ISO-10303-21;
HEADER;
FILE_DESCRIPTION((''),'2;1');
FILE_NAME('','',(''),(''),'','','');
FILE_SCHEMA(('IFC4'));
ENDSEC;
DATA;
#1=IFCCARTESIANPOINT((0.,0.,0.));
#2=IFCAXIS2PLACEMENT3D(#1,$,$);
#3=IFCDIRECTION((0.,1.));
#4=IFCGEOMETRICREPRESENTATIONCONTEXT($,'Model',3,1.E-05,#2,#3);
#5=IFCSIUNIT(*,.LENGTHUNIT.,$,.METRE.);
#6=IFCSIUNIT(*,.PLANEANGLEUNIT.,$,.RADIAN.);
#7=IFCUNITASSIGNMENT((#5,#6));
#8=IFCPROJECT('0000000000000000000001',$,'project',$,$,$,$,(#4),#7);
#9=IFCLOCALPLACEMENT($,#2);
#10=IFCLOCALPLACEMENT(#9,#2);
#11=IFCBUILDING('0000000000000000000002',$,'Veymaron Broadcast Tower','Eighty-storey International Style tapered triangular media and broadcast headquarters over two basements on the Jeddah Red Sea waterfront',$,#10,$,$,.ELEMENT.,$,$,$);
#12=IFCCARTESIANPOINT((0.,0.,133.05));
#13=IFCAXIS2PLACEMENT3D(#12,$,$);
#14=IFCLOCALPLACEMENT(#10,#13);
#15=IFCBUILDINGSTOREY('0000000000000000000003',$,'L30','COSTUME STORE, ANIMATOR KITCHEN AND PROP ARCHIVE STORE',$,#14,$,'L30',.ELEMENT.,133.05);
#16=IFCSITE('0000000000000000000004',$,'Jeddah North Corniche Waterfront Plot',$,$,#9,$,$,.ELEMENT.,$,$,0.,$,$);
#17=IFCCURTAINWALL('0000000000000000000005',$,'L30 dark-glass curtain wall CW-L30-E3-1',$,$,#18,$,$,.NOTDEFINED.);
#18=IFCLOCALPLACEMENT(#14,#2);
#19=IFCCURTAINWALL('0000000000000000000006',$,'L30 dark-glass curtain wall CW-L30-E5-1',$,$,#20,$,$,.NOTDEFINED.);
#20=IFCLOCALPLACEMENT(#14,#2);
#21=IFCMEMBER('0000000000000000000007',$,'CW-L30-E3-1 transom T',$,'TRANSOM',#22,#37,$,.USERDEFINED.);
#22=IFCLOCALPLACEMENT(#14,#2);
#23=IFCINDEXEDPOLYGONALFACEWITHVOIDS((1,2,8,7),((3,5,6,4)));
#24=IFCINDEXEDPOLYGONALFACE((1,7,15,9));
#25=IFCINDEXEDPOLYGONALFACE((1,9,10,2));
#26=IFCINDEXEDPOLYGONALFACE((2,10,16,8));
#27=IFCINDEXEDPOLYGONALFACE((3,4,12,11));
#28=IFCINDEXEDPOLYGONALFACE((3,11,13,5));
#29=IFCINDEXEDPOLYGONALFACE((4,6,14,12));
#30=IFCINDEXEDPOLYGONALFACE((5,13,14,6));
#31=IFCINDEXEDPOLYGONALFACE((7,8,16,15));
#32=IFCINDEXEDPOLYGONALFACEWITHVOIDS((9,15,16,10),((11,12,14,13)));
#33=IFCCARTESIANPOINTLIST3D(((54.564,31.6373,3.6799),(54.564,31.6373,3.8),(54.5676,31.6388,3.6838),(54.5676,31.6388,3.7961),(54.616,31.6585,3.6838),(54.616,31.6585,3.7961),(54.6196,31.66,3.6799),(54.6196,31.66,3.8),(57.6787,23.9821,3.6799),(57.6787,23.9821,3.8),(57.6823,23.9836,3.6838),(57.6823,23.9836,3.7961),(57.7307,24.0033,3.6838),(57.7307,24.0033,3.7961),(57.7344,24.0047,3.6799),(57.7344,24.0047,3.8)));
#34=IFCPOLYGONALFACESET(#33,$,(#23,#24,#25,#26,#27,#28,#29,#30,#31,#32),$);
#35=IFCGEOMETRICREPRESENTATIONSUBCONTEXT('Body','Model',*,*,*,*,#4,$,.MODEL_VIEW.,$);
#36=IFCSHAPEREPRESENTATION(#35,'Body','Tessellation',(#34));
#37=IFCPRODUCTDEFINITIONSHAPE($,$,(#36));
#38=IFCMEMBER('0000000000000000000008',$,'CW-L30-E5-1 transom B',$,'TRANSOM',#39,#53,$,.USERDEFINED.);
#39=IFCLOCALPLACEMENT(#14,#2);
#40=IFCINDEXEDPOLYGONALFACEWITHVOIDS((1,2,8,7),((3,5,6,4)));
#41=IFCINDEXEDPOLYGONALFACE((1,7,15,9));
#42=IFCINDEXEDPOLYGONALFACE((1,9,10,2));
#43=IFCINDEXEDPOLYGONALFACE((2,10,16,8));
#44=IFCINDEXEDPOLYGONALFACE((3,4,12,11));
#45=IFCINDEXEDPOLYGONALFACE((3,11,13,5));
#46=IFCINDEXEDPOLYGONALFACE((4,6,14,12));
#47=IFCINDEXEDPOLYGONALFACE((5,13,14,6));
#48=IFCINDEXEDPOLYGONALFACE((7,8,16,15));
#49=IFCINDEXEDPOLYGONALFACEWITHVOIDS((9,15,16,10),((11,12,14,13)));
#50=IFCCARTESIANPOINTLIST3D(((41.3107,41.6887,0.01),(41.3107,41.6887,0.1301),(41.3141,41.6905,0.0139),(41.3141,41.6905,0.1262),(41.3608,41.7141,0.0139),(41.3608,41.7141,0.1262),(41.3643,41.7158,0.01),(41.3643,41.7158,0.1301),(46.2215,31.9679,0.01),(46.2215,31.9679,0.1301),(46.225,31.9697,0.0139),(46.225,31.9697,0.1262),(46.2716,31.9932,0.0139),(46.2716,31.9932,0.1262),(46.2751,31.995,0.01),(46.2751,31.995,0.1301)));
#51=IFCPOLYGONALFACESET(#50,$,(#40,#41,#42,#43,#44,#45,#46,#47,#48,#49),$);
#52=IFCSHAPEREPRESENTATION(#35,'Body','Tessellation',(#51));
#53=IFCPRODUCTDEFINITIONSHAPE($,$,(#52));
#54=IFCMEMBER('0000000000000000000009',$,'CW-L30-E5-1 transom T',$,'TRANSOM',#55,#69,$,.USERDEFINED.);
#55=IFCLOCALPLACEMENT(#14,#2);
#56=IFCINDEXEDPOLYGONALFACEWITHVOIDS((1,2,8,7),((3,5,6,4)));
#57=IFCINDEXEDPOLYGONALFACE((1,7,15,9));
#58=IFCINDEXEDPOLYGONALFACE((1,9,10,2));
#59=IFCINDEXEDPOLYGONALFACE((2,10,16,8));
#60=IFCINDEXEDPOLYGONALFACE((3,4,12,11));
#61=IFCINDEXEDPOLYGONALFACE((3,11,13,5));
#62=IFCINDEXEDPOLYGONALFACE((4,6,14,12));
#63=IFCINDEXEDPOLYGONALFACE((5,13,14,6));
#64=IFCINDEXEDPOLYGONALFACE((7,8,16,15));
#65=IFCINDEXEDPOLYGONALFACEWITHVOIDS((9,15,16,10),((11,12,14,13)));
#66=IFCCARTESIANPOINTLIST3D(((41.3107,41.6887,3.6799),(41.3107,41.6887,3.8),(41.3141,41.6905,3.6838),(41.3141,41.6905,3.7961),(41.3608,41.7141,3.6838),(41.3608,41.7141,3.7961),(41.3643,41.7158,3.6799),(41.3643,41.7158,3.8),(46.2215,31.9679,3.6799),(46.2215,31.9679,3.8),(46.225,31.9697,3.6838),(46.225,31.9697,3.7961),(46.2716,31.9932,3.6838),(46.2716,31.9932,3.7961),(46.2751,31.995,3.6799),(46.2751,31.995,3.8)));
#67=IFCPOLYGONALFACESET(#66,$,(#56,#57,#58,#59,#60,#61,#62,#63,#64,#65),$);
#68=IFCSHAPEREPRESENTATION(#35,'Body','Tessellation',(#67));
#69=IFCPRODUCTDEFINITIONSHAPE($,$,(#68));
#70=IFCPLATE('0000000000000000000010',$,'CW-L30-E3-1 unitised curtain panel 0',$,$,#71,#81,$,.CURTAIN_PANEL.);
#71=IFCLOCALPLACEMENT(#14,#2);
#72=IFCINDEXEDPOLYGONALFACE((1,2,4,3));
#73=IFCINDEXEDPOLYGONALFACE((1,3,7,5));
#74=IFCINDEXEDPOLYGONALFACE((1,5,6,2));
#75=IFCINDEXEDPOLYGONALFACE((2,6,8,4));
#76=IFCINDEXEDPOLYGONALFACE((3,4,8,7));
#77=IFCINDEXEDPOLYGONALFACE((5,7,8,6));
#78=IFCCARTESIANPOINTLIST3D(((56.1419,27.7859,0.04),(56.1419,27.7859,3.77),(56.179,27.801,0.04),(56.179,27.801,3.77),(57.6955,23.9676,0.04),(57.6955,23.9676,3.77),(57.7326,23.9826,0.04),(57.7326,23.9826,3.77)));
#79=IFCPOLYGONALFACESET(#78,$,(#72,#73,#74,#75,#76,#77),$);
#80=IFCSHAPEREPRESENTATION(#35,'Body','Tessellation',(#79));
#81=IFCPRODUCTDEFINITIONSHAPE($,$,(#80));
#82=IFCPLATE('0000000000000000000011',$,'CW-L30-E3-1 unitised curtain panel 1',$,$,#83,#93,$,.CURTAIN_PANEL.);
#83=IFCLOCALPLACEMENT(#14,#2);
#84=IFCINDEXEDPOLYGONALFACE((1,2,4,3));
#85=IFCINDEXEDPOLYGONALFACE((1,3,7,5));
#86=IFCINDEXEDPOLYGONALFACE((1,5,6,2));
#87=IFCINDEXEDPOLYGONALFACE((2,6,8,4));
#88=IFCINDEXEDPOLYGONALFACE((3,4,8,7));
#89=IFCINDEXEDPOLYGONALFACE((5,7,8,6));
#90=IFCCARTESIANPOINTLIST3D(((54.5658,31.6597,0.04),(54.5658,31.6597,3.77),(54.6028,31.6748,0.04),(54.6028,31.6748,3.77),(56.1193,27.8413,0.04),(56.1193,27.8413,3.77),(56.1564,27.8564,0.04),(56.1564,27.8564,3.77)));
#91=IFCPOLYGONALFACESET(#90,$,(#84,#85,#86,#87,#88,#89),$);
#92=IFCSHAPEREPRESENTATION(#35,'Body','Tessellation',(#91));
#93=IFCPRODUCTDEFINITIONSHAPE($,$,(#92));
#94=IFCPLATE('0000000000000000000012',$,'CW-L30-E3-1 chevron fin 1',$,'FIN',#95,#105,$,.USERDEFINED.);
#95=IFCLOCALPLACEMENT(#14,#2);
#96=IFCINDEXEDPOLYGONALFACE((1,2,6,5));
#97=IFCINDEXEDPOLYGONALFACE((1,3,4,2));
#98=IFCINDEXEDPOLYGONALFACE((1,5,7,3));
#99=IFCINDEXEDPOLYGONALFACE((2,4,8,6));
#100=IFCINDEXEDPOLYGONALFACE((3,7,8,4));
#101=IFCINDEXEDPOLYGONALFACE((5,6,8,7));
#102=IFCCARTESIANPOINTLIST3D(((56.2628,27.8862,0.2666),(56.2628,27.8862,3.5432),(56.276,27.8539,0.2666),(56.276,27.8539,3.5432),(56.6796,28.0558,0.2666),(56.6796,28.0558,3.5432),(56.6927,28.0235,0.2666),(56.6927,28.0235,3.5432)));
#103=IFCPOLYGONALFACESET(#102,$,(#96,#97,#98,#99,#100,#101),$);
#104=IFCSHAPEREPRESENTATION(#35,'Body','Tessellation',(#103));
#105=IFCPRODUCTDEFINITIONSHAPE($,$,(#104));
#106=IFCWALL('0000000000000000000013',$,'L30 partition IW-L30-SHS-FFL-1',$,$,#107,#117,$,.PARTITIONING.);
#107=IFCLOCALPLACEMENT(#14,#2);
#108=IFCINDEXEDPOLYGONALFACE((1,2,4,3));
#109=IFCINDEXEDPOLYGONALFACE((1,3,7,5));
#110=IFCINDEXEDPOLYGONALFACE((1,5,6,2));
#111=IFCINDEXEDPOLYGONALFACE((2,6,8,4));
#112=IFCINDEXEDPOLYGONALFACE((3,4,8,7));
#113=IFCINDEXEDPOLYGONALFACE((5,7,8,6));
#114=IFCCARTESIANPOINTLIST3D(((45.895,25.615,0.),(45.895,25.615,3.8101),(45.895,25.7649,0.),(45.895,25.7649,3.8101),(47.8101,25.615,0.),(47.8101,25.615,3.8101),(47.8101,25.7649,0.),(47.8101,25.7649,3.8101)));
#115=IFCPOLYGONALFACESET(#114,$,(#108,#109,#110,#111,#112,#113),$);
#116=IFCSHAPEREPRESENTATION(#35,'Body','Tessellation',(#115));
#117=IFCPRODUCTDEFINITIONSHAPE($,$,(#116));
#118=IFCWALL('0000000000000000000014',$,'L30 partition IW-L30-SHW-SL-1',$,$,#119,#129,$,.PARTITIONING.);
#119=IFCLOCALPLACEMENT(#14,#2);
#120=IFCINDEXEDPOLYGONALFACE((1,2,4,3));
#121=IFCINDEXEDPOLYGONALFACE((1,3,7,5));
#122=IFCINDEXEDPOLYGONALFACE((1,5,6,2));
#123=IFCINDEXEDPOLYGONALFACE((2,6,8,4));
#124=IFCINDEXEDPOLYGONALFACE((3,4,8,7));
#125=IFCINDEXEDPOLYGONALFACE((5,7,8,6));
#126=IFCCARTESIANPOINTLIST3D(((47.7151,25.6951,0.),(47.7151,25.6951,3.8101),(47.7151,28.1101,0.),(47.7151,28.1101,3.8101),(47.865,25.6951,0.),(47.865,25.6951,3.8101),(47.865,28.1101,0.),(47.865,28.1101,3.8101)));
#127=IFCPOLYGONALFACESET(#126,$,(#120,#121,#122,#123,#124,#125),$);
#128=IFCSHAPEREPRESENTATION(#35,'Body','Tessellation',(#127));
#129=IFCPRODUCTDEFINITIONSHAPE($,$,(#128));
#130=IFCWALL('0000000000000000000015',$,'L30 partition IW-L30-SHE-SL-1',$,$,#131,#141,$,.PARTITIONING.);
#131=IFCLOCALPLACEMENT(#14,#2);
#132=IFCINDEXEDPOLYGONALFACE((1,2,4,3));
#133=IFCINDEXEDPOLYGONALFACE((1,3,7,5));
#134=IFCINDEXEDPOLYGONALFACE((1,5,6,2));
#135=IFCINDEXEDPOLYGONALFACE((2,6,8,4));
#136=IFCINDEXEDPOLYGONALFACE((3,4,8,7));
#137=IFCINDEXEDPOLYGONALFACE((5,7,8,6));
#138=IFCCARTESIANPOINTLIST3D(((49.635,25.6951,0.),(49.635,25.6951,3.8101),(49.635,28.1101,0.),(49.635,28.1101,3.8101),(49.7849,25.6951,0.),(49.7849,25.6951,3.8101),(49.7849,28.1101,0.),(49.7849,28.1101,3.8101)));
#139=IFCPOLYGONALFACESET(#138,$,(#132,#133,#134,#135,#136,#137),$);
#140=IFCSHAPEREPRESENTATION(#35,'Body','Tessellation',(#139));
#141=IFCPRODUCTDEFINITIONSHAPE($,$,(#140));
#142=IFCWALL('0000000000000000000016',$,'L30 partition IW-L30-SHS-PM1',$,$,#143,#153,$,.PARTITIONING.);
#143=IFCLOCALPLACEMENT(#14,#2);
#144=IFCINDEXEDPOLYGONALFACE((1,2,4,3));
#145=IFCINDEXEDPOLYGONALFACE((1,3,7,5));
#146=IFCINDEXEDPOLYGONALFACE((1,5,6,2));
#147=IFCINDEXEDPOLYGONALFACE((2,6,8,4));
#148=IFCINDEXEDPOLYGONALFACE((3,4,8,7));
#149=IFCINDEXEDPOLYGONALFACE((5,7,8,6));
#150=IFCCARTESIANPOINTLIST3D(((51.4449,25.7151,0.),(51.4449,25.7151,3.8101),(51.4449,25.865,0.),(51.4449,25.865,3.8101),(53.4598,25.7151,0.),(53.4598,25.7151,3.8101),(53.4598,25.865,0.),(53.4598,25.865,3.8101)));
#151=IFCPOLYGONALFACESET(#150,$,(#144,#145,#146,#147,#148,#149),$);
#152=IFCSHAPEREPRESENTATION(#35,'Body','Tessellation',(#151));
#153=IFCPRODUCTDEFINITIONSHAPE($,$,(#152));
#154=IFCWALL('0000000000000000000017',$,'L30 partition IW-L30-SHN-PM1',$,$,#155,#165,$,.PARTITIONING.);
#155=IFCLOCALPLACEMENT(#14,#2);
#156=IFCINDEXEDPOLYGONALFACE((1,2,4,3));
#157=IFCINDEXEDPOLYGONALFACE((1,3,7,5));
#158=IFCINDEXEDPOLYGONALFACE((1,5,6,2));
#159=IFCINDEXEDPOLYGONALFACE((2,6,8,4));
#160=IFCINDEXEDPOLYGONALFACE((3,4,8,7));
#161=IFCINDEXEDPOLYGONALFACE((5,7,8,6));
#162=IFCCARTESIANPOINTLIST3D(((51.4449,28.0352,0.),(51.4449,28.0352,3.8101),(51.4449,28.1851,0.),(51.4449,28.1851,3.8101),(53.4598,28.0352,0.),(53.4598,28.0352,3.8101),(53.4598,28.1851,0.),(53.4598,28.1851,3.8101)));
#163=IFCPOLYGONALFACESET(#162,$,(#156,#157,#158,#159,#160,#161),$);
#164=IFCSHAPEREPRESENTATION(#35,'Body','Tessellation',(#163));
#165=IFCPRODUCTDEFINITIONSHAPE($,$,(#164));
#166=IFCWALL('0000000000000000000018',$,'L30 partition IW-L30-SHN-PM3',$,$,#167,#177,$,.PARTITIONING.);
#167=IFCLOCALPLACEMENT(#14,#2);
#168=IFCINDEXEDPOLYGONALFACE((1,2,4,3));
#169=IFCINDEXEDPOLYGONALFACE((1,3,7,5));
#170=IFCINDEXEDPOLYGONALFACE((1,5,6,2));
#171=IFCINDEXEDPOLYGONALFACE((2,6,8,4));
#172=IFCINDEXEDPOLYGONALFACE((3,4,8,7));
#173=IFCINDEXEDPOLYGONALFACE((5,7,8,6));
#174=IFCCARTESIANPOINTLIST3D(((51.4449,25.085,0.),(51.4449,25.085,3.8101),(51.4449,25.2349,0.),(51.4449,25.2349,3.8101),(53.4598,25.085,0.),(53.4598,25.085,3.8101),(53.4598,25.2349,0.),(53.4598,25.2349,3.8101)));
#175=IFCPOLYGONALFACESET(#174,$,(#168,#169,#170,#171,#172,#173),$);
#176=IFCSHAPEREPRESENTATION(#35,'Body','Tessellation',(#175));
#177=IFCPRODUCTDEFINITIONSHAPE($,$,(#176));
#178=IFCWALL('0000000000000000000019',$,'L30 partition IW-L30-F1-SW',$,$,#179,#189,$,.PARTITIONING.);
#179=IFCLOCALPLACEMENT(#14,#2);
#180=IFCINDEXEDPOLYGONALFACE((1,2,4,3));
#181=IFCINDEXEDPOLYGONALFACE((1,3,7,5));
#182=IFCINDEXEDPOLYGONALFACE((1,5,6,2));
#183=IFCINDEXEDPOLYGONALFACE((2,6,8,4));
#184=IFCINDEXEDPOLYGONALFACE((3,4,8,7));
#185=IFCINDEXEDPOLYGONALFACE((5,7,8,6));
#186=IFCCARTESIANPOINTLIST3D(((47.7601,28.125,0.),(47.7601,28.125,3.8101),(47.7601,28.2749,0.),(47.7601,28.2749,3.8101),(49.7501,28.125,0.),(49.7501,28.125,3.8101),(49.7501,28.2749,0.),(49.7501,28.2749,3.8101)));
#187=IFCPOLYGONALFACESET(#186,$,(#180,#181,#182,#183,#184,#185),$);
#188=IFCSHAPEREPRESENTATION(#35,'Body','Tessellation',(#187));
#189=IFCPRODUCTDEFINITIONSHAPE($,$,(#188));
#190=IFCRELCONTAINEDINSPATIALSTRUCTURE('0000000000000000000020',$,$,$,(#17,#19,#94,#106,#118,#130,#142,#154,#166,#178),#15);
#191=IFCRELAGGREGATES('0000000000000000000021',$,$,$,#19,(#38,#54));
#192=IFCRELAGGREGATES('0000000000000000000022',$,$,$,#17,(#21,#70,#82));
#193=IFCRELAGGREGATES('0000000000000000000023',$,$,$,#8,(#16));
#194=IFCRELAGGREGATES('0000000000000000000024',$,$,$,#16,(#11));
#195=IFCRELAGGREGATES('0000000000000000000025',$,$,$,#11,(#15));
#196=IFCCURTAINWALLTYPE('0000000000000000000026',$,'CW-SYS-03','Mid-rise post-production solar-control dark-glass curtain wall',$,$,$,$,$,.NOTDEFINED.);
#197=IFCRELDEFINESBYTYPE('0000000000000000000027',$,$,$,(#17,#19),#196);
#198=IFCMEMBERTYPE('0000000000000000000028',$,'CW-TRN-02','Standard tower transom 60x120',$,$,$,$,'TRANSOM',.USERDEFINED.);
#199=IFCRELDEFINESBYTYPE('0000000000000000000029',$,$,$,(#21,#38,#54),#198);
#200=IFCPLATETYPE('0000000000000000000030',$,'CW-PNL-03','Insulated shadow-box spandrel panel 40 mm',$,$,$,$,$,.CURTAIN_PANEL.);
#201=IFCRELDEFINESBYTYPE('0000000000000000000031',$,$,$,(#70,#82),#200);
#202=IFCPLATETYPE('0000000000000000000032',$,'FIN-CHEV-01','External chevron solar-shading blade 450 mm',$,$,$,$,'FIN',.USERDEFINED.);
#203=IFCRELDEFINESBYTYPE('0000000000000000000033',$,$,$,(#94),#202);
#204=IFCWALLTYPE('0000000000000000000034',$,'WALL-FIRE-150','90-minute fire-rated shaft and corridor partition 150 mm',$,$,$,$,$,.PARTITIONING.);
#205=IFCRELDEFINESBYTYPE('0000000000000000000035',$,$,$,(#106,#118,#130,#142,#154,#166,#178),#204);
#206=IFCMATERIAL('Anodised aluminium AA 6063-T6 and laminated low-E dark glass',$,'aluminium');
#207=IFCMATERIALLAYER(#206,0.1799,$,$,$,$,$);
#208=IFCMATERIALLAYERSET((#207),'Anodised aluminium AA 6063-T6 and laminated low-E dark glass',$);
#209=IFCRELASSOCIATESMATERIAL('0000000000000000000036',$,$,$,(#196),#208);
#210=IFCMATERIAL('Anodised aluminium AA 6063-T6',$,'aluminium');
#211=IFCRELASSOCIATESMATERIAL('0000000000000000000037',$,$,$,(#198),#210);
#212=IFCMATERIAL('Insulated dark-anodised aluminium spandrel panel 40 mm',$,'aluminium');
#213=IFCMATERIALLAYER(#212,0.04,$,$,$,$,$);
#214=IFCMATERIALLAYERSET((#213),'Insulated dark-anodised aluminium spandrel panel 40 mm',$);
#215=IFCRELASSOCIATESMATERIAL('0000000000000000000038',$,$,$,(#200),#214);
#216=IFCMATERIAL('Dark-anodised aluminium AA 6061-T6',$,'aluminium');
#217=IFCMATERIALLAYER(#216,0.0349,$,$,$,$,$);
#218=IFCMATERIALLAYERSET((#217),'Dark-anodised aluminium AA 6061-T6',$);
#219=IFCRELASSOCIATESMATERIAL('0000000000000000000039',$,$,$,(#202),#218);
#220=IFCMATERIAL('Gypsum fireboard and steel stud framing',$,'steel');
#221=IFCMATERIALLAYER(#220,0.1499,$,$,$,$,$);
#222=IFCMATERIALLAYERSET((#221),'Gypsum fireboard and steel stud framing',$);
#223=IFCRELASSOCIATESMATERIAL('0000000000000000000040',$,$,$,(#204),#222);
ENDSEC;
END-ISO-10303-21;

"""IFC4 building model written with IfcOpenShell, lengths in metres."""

from ifc_helpers import new_model, si_unit, direction, frame, frame_2d, origin, origin_2d, place, context, subcontext, project, spatial, rectangle, hollow_rectangle, extrude, material, layer, layer_set, material_profile, profile_set, type_object, element, aggregate, save


model = new_model("IFC4")

# Units and contexts
model_context = context("Model", 3, precision=1e-05, world=origin(), true_north=direction((0.0, 1.0)))
body_context = subcontext(model_context, "Body", "Model", "MODEL_VIEW")
ifc_project = project(units=[si_unit("LENGTHUNIT", "METRE"), si_unit("PLANEANGLEUNIT", "RADIAN")], contexts=[model_context])

# Site, building, storey
site_placement = place(None, origin())
site = spatial("IfcSite", under=ifc_project, at=site_placement, Name="Jeddah North Corniche Waterfront Plot", CompositionType="ELEMENT", RefElevation=0.0)
building_placement = place(site_placement, origin())
building = spatial("IfcBuilding", under=site, at=building_placement, Name="Veymaron Broadcast Tower", Description="Eighty-storey International Style tapered triangular media and broadcast headquarters over two basements on the Jeddah Red Sea waterfront", CompositionType="ELEMENT")
storey_placement = place(building_placement, frame((0.0, 0.0, 133.05)))
storey = spatial("IfcBuildingStorey", under=building, at=storey_placement, Name="L30", Description="COSTUME STORE, ANIMATOR KITCHEN AND PROP ARCHIVE STORE", LongName="L30", CompositionType="ELEMENT", Elevation=133.05)

# Shared definitions
ifc_material_1 = material(Name="Anodised aluminium AA 6063-T6 and laminated low-E dark glass", Category="aluminium")
ifc_layer_1 = layer(ifc_material_1, 0.1799)
ifc_layer_set_1 = layer_set([ifc_layer_1], Name="Anodised aluminium AA 6063-T6 and laminated low-E dark glass")
curtain_wall_type = type_object("IfcCurtainWallType", Name="CW-SYS-03", Description="Mid-rise post-production solar-control dark-glass curtain wall", PredefinedType="NOTDEFINED", material=ifc_layer_set_1)
ifc_material_2 = material(Name="Anodised aluminium AA 6063-T6", Category="aluminium")

# Curtain wall
curtain_wall_1_placement = place(storey_placement, origin())
curtain_wall_1 = element("IfcCurtainWall", 1, at=curtain_wall_1_placement, inside=storey, type_object=curtain_wall_type, Name="L30 dark-glass curtain wall CW-L30-E3-1", PredefinedType="NOTDEFINED")

# Curtain wall
curtain_wall_2_placement = place(storey_placement, origin())
curtain_wall_2 = element("IfcCurtainWall", 2, at=curtain_wall_2_placement, inside=storey, type_object=curtain_wall_type, Name="L30 dark-glass curtain wall CW-L30-E5-1", PredefinedType="NOTDEFINED")

# Members
ifc_material_profile_1 = material_profile(ifc_material_2, hollow_rectangle(XDim=0.0601, YDim=0.1201, WallThickness=0.0039, at=origin_2d()), Name="AL120X60X4")
ifc_profile_set_1 = profile_set([ifc_material_profile_1], Name="Anodised aluminium AA 6063-T6")
member_type_1 = type_object("IfcMemberType", Name="CW-TRN-02", Description="Standard tower transom 60x120", ElementType="TRANSOM", PredefinedType="USERDEFINED", material=ifc_profile_set_1)
member_1_placement = place(storey_placement, frame((57.7065, 23.9934, 3.74), z_axis=(-0.376875, 0.926264, 0.0), x_axis=(-0.926264, -0.376875, 0.0)))
member_1 = element("IfcMember", 3, at=member_1_placement, type_object=member_type_1, Name="CW-L30-E3-1 transom T", ObjectType="TRANSOM", PredefinedType="USERDEFINED", context=body_context, shape_type="SweptSolid", body=[
    extrude(hollow_rectangle(XDim=0.0601, YDim=0.1201, WallThickness=0.0039, at=origin_2d()), origin(), (0.0, 0.0, 1.0), 8.2646),
])
member_2_placement = place(storey_placement, frame((46.2483, 31.9814, 0.0701), z_axis=(-0.450913, 0.892568, 0.0), x_axis=(-0.892568, -0.450913, 0.0)))
member_2 = element("IfcMember", 4, at=member_2_placement, type_object=member_type_1, Name="CW-L30-E5-1 transom B", ObjectType="TRANSOM", PredefinedType="USERDEFINED", context=body_context, shape_type="SweptSolid", body=[
    extrude(hollow_rectangle(XDim=0.0601, YDim=0.1201, WallThickness=0.0039, at=origin_2d()), origin(), (0.0, 0.0, 1.0), 10.8909),
])
member_3_placement = place(storey_placement, frame((46.2483, 31.9814, 3.74), z_axis=(-0.450913, 0.892568, 0.0), x_axis=(-0.892568, -0.450913, 0.0)))
member_3 = element("IfcMember", 5, at=member_3_placement, type_object=member_type_1, Name="CW-L30-E5-1 transom T", ObjectType="TRANSOM", PredefinedType="USERDEFINED", context=body_context, shape_type="SweptSolid", body=[
    extrude(hollow_rectangle(XDim=0.0601, YDim=0.1201, WallThickness=0.0039, at=origin_2d()), origin(), (0.0, 0.0, 1.0), 10.8909),
])
aggregate(curtain_wall_2, [member_2, member_3])

# Plates
ifc_material_3 = material(Name="Insulated dark-anodised aluminium spandrel panel 40 mm", Category="aluminium")
ifc_layer_2 = layer(ifc_material_3, 0.04)
ifc_layer_set_2 = layer_set([ifc_layer_2], Name="Insulated dark-anodised aluminium spandrel panel 40 mm")
plate_type_1 = type_object("IfcPlateType", Name="CW-PNL-03", Description="Insulated shadow-box spandrel panel 40 mm", PredefinedType="CURTAIN_PANEL", material=ifc_layer_set_2)
plate_1_placement = place(storey_placement, frame((56.9373, 25.8843, 0.04), z_axis=(0.0, 0.0, 1.0), x_axis=(-0.376871, 0.926266, 0.0)))
plate_1 = element("IfcPlate", 6, at=plate_1_placement, type_object=plate_type_1, Name="CW-L30-E3-1 unitised curtain panel 0", PredefinedType="CURTAIN_PANEL", context=body_context, shape_type="SweptSolid", body=[
    extrude(rectangle(XDim=4.1223, YDim=0.04, at=origin_2d()), origin(), (0.0, 0.0, 1.0), 3.73),
])
plate_2_placement = place(storey_placement, frame((55.3611, 29.7581, 0.04), z_axis=(0.0, 0.0, 1.0), x_axis=(-0.376871, 0.926266, 0.0)))
plate_2 = element("IfcPlate", 7, at=plate_2_placement, type_object=plate_type_1, Name="CW-L30-E3-1 unitised curtain panel 1", PredefinedType="CURTAIN_PANEL", context=body_context, shape_type="SweptSolid", body=[
    extrude(rectangle(XDim=4.1223, YDim=0.04, at=origin_2d()), origin(), (0.0, 0.0, 1.0), 3.73),
])
aggregate(curtain_wall_1, [member_1, plate_1, plate_2])
ifc_material_4 = material(Name="Dark-anodised aluminium AA 6061-T6", Category="aluminium")
ifc_layer_3 = layer(ifc_material_4, 0.0349)
ifc_layer_set_3 = layer_set([ifc_layer_3], Name="Dark-anodised aluminium AA 6061-T6")
plate_type_2 = type_object("IfcPlateType", Name="FIN-CHEV-01", Description="External chevron solar-shading blade 450 mm", ElementType="FIN", PredefinedType="USERDEFINED", material=ifc_layer_set_3)
plate_3_placement = place(storey_placement, frame((56.4778, 27.9548, 0.2666), z_axis=(0.0, 0.0, 1.0), x_axis=(0.926266, 0.376871, 0.0)))
element("IfcPlate", 8, at=plate_3_placement, inside=storey, type_object=plate_type_2, Name="CW-L30-E3-1 chevron fin 1", ObjectType="FIN", PredefinedType="USERDEFINED", context=body_context, shape_type="SweptSolid", body=[
    extrude(rectangle(XDim=0.45, YDim=0.0349, at=origin_2d()), origin(), (0.0, 0.0, 1.0), 3.2766),
])

# Wall
ifc_material_5 = material(Name="Gypsum fireboard and steel stud framing", Category="steel")
ifc_layer_4 = layer(ifc_material_5, 0.1499)
ifc_layer_set_4 = layer_set([ifc_layer_4], Name="Gypsum fireboard and steel stud framing")
wall_type_1 = type_object("IfcWallType", Name="WALL-FIRE-150", Description="90-minute fire-rated shaft and corridor partition 150 mm", PredefinedType="PARTITIONING", material=ifc_layer_set_4)
wall_1_placement = place(storey_placement, frame((45.895, 25.6899, 0.0), z_axis=(0.0, 0.0, 1.0), x_axis=(1.0, 0.0, 0.0)))
element("IfcWall", 9, at=wall_1_placement, inside=storey, type_object=wall_type_1, Name="L30 partition IW-L30-SHS-FFL-1", PredefinedType="PARTITIONING", context=body_context, shape_type="SweptSolid", body=[
    extrude(rectangle(XDim=1.915, YDim=0.1499, at=frame_2d((0.9575, 0.0))), origin(), (0.0, 0.0, 1.0), 3.8101),
])

# Walls
for number, where, z_axis, x_axis, name in (
    (10, (47.79, 25.6951, 0.0), (0.0, 0.0, 1.0), (0.0, 1.0, 0.0), "L30 partition IW-L30-SHW-SL-1"),
    (11, (49.71, 25.6951, 0.0), (0.0, 0.0, 1.0), (0.0, 1.0, 0.0), "L30 partition IW-L30-SHE-SL-1"),
):
    element("IfcWall", number, at=place(storey_placement, frame(where, z_axis=z_axis, x_axis=x_axis)), inside=storey, type_object=wall_type_1, Name=name, PredefinedType="PARTITIONING", context=body_context, shape_type="SweptSolid", body=[
        extrude(rectangle(XDim=2.415, YDim=0.1499, at=frame_2d((1.2075, 0.0))), origin(), (0.0, 0.0, 1.0), 3.8101),
    ])

# Walls
for number, where, z_axis, x_axis, name in (
    (12, (51.4451, 25.79, 0.0), (0.0, 0.0, 1.0), (1.0, 0.0, 0.0), "L30 partition IW-L30-SHS-PM1"),
    (13, (51.4451, 28.1101, 0.0), (0.0, 0.0, 1.0), (1.0, 0.0, 0.0), "L30 partition IW-L30-SHN-PM1"),
    (14, (51.4451, 25.1599, 0.0), (0.0, 0.0, 1.0), (1.0, 0.0, 0.0), "L30 partition IW-L30-SHN-PM3"),
):
    element("IfcWall", number, at=place(storey_placement, frame(where, z_axis=z_axis, x_axis=x_axis)), inside=storey, type_object=wall_type_1, Name=name, PredefinedType="PARTITIONING", context=body_context, shape_type="SweptSolid", body=[
        extrude(rectangle(XDim=2.0149, YDim=0.1499, at=frame_2d((1.0073, 0.0))), origin(), (0.0, 0.0, 1.0), 3.8101),
    ])
wall_2_placement = place(storey_placement, frame((47.76, 28.2, 0.0), z_axis=(0.0, 0.0, 1.0), x_axis=(1.0, 0.0, 0.0)))
element("IfcWall", 15, at=wall_2_placement, inside=storey, type_object=wall_type_1, Name="L30 partition IW-L30-F1-SW", PredefinedType="PARTITIONING", context=body_context, shape_type="SweptSolid", body=[
    extrude(rectangle(XDim=1.99, YDim=0.1499, at=frame_2d((0.9951, 0.0))), origin(), (0.0, 0.0, 1.0), 3.8101),
])

save(model, "model.ifc")
